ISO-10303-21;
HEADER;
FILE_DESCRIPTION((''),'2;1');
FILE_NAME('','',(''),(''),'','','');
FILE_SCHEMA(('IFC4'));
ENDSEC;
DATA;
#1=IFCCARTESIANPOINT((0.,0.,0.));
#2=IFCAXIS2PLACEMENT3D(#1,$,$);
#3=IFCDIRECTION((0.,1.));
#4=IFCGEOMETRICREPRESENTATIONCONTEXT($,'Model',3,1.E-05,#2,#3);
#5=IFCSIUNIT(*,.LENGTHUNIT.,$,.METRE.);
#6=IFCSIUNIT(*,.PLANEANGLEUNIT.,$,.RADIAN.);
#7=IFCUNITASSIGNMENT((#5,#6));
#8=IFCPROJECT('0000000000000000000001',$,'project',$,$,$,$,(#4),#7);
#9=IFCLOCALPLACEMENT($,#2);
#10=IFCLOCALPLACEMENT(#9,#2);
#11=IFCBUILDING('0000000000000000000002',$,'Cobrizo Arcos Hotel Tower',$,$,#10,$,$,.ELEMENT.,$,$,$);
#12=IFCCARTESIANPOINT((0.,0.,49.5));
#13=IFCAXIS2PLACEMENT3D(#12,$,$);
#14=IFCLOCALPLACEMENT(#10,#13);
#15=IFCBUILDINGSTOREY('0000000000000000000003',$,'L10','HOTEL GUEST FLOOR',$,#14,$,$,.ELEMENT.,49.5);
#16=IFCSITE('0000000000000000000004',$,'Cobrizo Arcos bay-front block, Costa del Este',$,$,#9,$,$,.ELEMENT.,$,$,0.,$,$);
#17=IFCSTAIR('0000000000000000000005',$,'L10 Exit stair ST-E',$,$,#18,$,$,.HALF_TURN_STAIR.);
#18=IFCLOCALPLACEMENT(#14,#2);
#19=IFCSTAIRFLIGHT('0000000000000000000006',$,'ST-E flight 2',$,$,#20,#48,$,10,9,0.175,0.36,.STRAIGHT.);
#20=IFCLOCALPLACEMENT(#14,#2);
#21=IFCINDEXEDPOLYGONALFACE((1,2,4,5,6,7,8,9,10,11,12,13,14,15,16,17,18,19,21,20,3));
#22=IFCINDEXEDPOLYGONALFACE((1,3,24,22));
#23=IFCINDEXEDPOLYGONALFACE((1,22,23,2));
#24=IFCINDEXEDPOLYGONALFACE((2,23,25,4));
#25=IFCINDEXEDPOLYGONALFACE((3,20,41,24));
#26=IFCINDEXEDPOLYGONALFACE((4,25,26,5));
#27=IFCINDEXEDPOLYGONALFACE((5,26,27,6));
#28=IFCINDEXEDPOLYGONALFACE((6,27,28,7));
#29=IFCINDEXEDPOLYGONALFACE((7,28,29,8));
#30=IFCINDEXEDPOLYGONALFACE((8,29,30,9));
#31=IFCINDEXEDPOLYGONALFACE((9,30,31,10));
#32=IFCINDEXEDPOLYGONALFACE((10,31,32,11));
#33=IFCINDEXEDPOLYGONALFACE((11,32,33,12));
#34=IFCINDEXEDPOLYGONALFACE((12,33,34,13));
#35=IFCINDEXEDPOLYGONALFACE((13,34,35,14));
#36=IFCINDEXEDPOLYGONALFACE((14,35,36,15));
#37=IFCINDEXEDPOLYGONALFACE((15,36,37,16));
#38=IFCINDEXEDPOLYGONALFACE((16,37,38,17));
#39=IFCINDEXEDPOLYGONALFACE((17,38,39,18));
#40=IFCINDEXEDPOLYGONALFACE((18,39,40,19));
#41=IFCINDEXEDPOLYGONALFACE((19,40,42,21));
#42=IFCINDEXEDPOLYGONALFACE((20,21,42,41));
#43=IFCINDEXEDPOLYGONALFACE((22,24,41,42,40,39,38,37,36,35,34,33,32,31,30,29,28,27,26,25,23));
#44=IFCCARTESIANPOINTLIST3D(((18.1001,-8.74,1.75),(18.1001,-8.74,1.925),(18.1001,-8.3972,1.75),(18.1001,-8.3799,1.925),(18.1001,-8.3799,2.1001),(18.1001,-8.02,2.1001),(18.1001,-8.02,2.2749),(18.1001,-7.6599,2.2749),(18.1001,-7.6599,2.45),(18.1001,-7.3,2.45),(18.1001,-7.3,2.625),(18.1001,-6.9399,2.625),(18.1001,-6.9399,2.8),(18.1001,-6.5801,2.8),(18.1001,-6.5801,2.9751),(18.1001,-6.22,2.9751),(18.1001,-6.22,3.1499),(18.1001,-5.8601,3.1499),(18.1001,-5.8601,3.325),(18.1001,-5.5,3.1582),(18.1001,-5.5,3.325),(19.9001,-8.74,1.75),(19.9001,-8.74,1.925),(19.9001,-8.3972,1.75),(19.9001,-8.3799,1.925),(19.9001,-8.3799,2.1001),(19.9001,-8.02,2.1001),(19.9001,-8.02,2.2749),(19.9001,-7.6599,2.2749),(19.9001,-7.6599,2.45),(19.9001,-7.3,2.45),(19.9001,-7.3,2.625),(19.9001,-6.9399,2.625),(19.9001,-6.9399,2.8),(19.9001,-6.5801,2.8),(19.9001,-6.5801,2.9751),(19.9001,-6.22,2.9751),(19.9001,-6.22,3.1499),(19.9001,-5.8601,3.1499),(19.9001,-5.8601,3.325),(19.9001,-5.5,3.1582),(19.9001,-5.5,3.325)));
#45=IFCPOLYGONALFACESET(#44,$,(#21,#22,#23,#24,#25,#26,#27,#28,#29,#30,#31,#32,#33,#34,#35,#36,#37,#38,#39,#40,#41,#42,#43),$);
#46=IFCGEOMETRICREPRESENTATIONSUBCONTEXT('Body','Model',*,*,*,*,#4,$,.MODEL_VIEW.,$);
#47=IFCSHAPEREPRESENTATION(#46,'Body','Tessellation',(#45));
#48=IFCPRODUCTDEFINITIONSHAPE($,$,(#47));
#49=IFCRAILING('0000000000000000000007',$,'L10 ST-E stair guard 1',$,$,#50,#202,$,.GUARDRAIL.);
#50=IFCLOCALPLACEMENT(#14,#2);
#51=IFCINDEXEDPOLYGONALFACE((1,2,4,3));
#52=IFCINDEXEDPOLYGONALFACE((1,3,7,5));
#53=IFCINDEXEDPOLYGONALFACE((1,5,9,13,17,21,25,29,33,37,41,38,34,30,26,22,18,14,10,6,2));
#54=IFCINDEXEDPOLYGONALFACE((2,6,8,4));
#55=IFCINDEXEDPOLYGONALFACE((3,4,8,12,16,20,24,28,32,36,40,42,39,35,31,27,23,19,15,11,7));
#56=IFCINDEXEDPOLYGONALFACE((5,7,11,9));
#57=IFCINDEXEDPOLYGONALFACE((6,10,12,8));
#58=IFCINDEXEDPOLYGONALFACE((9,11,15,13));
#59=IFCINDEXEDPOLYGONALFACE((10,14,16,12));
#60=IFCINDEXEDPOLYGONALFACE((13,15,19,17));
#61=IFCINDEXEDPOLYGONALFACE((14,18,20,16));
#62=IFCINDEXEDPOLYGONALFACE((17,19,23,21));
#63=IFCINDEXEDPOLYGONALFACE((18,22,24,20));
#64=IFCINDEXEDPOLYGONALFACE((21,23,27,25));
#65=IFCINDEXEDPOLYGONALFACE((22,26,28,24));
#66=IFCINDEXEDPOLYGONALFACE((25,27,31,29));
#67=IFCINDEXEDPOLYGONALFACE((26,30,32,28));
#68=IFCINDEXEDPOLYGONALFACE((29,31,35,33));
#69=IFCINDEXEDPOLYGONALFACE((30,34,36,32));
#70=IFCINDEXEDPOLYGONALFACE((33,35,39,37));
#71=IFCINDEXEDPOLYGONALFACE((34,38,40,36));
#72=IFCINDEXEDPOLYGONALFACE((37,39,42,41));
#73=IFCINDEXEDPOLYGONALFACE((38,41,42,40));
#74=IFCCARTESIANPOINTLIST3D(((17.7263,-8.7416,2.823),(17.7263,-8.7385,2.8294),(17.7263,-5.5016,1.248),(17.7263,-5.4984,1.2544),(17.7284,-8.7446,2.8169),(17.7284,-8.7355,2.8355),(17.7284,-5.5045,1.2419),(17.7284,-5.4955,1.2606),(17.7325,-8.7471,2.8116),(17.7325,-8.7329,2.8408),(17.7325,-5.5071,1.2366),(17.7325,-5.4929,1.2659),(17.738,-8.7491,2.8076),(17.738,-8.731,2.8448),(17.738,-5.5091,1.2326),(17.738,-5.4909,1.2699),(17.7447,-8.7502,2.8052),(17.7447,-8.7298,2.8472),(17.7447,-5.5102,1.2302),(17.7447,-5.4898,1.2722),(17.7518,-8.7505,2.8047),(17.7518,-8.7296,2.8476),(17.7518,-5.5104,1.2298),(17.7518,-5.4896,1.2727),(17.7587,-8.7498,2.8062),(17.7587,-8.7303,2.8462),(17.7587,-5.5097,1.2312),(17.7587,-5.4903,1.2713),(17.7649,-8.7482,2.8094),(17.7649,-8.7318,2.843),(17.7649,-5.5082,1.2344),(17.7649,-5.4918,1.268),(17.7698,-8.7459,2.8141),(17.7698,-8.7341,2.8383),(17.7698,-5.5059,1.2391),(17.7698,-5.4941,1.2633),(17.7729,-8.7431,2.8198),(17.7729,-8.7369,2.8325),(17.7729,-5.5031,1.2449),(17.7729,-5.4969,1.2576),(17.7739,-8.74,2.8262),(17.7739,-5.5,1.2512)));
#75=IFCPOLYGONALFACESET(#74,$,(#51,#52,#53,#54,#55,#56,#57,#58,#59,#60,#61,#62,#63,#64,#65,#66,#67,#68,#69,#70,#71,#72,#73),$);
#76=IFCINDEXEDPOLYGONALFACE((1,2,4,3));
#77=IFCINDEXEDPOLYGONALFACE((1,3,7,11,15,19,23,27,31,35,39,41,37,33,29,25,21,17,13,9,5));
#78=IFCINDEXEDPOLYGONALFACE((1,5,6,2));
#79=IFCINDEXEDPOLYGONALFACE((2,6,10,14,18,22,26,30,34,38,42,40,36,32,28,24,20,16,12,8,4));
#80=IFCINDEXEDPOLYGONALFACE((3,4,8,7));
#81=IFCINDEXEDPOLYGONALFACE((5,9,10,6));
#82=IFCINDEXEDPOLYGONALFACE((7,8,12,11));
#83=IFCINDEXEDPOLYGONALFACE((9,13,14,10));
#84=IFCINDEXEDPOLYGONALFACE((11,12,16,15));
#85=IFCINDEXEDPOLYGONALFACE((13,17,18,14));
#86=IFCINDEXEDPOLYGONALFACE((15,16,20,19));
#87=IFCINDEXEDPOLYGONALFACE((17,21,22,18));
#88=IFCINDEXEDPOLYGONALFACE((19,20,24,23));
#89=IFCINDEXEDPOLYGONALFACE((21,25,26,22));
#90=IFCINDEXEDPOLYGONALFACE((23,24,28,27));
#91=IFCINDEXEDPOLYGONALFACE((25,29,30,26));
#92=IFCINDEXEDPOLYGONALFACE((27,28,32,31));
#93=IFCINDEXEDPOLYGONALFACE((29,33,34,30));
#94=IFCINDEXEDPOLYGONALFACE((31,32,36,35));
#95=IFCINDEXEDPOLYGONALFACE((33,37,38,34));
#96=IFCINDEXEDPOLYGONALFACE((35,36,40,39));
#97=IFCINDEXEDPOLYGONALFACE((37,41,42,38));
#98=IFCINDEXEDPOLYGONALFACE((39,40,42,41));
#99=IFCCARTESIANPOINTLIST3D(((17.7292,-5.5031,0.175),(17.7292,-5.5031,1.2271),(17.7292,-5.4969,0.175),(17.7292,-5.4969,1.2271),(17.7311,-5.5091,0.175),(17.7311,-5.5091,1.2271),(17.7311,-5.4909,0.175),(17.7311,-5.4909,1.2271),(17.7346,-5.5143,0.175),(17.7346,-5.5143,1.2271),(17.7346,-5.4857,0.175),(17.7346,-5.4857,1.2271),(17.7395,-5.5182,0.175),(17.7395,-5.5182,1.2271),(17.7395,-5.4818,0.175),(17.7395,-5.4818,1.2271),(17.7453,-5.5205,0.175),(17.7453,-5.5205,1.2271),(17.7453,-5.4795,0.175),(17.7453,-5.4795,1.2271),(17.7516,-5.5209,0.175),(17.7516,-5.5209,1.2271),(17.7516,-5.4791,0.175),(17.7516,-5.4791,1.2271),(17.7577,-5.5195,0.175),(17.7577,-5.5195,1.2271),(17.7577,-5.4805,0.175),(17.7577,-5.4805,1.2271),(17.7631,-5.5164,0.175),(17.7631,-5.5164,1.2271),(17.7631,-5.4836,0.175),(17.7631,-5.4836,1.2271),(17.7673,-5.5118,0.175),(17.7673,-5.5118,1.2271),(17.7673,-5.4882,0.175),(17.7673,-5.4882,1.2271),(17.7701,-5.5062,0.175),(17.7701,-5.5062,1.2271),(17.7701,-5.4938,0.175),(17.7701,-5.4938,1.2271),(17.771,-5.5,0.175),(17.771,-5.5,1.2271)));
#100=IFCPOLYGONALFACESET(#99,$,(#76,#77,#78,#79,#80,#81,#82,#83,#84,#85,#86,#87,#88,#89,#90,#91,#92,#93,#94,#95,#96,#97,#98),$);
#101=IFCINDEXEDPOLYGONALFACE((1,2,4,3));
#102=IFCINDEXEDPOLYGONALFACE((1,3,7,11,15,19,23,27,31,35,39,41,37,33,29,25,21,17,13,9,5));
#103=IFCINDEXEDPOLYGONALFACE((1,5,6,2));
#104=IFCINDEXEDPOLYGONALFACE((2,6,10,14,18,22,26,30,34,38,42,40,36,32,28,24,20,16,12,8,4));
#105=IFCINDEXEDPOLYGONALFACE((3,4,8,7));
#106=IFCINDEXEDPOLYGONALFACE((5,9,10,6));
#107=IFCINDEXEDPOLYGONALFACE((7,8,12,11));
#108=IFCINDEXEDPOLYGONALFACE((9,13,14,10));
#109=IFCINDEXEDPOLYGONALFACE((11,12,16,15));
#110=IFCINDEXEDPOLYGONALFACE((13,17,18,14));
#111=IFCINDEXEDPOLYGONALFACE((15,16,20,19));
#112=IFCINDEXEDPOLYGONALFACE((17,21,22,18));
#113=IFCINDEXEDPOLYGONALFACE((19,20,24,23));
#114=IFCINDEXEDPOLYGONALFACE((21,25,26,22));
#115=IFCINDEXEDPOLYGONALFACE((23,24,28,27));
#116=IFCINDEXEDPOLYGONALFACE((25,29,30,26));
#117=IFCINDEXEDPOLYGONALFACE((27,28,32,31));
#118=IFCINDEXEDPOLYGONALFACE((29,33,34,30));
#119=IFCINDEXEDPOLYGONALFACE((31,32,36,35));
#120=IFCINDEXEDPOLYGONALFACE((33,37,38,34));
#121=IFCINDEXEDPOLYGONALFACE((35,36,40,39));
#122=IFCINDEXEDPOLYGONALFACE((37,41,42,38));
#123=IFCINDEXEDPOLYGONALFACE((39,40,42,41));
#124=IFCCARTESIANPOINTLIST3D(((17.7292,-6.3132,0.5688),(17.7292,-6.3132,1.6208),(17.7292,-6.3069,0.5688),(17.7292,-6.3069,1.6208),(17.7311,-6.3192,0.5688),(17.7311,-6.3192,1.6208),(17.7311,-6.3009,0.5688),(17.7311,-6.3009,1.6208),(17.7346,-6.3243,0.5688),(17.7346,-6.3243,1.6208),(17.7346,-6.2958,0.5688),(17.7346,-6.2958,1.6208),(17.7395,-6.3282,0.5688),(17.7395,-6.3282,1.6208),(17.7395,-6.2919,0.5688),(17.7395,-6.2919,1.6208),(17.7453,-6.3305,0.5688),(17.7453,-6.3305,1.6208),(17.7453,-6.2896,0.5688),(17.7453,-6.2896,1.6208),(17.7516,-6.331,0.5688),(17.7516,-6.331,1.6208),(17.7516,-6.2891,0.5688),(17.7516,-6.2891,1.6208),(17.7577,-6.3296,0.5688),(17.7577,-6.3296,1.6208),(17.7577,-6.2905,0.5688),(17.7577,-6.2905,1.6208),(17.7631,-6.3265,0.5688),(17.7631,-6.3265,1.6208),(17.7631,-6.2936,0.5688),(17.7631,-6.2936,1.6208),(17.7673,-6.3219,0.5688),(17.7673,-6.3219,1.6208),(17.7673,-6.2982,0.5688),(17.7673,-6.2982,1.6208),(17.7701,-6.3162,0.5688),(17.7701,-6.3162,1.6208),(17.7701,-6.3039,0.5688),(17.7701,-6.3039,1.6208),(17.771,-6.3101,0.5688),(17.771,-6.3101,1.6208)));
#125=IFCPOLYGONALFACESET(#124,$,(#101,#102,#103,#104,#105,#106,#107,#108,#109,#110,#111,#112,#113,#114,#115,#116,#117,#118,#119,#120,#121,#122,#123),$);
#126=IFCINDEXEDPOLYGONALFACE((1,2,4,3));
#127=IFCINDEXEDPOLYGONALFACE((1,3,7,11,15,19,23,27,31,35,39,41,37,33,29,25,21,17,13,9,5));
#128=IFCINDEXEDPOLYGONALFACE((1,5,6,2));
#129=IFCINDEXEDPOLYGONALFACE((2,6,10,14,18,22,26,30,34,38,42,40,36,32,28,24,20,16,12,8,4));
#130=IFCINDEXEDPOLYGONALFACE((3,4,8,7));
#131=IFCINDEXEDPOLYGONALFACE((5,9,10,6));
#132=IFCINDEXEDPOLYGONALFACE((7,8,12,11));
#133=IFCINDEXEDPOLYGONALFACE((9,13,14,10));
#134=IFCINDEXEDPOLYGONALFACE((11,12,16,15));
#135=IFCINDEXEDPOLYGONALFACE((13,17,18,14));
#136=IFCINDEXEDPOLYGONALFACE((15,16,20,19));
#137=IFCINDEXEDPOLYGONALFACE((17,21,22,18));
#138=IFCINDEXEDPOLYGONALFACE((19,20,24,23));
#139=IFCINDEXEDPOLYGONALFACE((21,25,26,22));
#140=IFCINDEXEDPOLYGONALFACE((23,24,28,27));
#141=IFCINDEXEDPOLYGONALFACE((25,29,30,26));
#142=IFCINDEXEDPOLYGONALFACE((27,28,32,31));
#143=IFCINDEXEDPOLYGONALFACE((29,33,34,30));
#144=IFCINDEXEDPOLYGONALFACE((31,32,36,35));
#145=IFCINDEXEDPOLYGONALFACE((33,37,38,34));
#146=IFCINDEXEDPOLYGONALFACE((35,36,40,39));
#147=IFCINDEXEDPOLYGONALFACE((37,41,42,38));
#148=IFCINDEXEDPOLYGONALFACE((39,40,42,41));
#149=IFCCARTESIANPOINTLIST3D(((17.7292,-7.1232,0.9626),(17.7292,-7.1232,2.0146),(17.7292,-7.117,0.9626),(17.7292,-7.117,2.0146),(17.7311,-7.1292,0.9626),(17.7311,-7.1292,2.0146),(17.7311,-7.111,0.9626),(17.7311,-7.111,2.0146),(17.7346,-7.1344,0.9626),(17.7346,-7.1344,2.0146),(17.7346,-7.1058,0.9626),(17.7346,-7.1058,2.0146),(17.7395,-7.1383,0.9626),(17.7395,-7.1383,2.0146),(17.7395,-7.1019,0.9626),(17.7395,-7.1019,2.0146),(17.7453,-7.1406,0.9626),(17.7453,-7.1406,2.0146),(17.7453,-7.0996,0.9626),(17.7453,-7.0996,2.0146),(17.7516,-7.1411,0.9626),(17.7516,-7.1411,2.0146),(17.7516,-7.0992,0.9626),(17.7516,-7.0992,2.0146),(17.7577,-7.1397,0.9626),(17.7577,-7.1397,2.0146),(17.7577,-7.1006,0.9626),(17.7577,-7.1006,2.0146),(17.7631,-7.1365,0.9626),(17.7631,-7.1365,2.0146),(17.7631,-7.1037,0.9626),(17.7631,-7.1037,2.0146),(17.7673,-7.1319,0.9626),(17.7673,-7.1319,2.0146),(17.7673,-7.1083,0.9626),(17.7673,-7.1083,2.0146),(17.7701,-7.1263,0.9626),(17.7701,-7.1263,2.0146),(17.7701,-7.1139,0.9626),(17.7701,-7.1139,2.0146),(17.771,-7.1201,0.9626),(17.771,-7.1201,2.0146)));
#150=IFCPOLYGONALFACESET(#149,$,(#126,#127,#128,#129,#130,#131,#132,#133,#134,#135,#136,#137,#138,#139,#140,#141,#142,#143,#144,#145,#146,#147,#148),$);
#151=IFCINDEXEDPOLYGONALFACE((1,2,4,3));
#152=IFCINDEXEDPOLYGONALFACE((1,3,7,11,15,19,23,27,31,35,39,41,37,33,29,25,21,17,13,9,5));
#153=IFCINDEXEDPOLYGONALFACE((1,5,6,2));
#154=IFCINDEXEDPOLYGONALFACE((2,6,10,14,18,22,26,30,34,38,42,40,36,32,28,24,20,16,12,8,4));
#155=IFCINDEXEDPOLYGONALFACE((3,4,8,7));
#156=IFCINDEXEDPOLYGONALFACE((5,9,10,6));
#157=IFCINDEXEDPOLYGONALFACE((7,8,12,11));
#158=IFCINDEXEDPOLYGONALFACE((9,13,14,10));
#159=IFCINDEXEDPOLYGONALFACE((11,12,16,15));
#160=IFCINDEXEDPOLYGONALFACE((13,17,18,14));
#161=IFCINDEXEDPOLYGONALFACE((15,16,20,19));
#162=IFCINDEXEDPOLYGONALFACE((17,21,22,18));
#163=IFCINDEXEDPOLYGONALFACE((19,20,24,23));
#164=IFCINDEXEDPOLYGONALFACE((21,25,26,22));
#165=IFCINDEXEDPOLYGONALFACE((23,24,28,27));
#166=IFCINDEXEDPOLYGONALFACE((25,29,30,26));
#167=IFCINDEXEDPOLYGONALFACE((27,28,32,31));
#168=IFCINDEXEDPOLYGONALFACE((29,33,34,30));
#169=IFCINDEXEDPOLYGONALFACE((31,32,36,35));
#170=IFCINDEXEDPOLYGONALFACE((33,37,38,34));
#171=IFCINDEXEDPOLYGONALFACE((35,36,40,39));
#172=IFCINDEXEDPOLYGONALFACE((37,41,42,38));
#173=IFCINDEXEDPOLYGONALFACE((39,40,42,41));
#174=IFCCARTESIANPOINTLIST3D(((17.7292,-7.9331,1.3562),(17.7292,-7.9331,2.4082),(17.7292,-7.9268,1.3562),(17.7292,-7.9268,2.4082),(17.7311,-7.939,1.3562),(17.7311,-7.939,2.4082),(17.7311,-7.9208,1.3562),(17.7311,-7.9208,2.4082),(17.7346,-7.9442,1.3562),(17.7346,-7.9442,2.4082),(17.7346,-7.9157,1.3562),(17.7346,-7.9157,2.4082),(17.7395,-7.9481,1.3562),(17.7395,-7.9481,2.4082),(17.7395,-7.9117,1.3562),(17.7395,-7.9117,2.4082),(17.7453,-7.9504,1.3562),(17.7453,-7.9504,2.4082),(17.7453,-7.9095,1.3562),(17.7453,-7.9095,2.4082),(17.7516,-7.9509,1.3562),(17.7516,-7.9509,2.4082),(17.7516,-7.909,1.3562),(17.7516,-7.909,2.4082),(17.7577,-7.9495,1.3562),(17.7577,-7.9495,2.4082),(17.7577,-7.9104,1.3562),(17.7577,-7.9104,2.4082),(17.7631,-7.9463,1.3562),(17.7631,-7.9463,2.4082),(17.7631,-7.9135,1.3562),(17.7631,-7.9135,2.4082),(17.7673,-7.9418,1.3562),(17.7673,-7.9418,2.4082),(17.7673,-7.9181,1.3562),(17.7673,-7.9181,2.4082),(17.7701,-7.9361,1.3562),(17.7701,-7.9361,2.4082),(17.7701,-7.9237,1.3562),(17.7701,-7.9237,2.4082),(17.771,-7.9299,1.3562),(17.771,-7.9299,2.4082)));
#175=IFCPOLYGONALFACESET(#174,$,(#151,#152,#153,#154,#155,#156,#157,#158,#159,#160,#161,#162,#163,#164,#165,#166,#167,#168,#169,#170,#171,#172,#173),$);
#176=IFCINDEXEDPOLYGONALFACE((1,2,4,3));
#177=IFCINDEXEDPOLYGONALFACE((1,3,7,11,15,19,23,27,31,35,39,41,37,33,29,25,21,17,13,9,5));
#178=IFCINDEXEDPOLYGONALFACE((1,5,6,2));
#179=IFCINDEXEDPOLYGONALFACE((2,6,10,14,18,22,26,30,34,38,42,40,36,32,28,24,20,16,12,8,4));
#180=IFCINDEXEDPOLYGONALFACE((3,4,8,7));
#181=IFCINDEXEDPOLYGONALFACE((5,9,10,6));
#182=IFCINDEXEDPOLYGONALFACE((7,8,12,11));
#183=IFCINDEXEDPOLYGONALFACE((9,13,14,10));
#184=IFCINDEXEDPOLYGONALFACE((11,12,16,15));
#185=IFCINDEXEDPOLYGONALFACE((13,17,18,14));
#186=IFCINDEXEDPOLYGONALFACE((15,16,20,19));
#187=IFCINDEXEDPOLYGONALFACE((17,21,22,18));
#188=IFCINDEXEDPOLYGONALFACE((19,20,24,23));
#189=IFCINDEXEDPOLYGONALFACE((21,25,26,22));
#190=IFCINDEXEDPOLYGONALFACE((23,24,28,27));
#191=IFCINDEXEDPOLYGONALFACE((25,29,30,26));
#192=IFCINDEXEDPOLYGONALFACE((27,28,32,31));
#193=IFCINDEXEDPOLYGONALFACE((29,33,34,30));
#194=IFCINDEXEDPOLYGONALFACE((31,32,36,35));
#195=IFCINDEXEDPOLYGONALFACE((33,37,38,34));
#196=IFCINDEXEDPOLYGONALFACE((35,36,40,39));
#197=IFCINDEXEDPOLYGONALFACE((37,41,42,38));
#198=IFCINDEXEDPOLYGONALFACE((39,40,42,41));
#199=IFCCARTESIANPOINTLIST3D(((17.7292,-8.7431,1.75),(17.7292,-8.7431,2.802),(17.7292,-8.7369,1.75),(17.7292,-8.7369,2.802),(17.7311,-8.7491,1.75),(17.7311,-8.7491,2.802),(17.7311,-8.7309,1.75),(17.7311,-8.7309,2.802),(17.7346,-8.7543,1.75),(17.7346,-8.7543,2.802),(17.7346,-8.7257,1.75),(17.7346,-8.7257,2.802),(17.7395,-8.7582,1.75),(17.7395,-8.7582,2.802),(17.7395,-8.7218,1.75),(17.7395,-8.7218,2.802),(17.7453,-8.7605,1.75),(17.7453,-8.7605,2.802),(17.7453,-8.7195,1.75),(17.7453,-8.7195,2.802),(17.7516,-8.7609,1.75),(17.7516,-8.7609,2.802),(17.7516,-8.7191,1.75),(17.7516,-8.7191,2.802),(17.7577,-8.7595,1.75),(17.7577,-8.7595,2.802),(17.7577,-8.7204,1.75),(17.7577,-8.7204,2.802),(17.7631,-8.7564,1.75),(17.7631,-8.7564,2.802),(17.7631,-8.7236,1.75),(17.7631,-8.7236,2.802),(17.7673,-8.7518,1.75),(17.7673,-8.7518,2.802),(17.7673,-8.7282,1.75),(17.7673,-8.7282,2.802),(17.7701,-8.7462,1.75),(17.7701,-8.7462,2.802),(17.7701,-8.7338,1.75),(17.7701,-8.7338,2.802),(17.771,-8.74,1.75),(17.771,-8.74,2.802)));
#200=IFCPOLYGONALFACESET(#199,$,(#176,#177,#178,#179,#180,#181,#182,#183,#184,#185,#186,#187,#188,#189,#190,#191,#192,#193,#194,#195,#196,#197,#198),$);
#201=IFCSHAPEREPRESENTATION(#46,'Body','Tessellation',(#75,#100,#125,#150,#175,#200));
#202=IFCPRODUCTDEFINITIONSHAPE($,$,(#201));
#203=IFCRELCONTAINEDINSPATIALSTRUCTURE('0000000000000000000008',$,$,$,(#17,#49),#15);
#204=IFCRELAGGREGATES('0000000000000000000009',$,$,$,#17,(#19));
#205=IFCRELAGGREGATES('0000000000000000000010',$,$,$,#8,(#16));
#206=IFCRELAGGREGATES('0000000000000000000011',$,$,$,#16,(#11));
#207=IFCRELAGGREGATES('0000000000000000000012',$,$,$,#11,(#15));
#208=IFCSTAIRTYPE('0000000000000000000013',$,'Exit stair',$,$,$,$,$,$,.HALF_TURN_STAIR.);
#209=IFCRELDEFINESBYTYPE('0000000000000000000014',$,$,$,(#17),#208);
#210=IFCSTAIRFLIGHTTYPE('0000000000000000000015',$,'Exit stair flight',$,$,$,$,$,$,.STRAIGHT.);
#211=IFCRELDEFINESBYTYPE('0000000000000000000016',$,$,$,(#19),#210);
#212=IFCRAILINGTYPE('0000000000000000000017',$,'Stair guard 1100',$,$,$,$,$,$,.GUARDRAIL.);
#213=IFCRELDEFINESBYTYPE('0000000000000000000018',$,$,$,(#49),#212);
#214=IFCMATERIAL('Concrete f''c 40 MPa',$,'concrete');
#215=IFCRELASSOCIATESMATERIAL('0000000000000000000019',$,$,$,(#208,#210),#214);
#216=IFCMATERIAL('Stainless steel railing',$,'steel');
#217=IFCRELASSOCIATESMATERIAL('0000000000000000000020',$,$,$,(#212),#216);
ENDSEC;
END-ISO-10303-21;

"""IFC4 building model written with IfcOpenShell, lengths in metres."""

from ifc_helpers import new_model, si_unit, direction, frame, origin, origin_2d, place, context, subcontext, project, spatial, polyline, circle, outline, extrude, material, type_object, element, aggregate, save


model = new_model("IFC4")

# Units and contexts
model_context = context("Model", 3, precision=1e-05, world=origin(), true_north=direction((0.0, 1.0)))
body_context = subcontext(model_context, "Body", "Model", "MODEL_VIEW")
ifc_project = project(units=[si_unit("LENGTHUNIT", "METRE"), si_unit("PLANEANGLEUNIT", "RADIAN")], contexts=[model_context])

# Site, building, storey
site_placement = place(None, origin())
site = spatial("IfcSite", under=ifc_project, at=site_placement, Name="Cobrizo Arcos bay-front block, Costa del Este", CompositionType="ELEMENT", RefElevation=0.0)
building_placement = place(site_placement, origin())
building = spatial("IfcBuilding", under=site, at=building_placement, Name="Cobrizo Arcos Hotel Tower", CompositionType="ELEMENT")
storey_placement = place(building_placement, frame((0.0, 0.0, 49.5)))
storey = spatial("IfcBuildingStorey", under=building, at=storey_placement, Name="L10", Description="HOTEL GUEST FLOOR", CompositionType="ELEMENT", Elevation=49.5)

# Shared definitions
ifc_material_1 = material(Name="Concrete f'c 40 MPa", Category="concrete")

# Stair, stair flight
stair_type = type_object("IfcStairType", Name="Exit stair", PredefinedType="HALF_TURN_STAIR", material=ifc_material_1)
stair_placement = place(storey_placement, origin())
stair = element("IfcStair", 1, at=stair_placement, inside=storey, type_object=stair_type, Name="L10 Exit stair ST-E", PredefinedType="HALF_TURN_STAIR")
stair_flight_type = type_object("IfcStairFlightType", Name="Exit stair flight", PredefinedType="STRAIGHT", material=ifc_material_1)
stair_flight_1_placement = place(storey_placement, frame((19.0, -8.74, 1.75), z_axis=(0.0, 0.0, 1.0), x_axis=(0.0, 1.0, 0.0)))
stair_flight_1 = element("IfcStairFlight", 2, at=stair_flight_1_placement, type_object=stair_flight_type, Name="ST-E flight 2", NumberOfRisers=10, NumberOfTreads=9, PredefinedType="STRAIGHT", RiserHeight=0.175, TreadLength=0.36, context=body_context, shape_type="SweptSolid", body=[
    extrude(outline(polyline([(0.0, 0.0), (0.0, 0.175), (0.3601, 0.175), (0.3601, 0.3501), (0.72, 0.3501), (0.72, 0.5249), (1.0801, 0.5249), (1.0801, 0.7), (1.4399, 0.7), (1.4399, 0.875), (1.8, 0.875), (1.8, 1.05), (2.1599, 1.05), (2.1599, 1.2251), (2.52, 1.2251), (2.52, 1.3999), (2.8799, 1.3999), (2.8799, 1.575), (3.24, 1.575), (3.24, 1.75), (3.24, 1.4082), (0.3428, 0.0), (0.0, 0.0)])), frame((0.0, 0.8999, 0.0), z_axis=(0.0, -1.0, 0.0), x_axis=(1.0, 0.0, 0.0)), (0.0, 0.0, 1.0), 1.8),
])
aggregate(stair, [stair_flight_1])

# Railing
ifc_material_2 = material(Name="Stainless steel railing", Category="steel")
railing_type_1 = type_object("IfcRailingType", Name="Stair guard 1100", PredefinedType="GUARDRAIL", material=ifc_material_2)
railing_1_placement = place(storey_placement, frame((17.75, -5.5, 0.175)))
element("IfcRailing", 3, at=railing_1_placement, inside=storey, type_object=railing_type_1, Name="L10 ST-E stair guard 1", PredefinedType="GUARDRAIL", context=body_context, shape_type="SweptSolid", body=[
    extrude(circle(Radius=0.0239, at=origin_2d()), frame((0.0, 0.0, 1.0762), z_axis=(0.0, -0.899373, 0.437183), x_axis=(1.0, 0.0, 0.0)), (0.0, 0.0, 1.0), 3.6025),
    extrude(circle(Radius=0.021, at=origin_2d()), origin(), (0.0, 0.0, 1.0), 1.052),
    extrude(circle(Radius=0.021, at=origin_2d()), frame((0.0, -0.8101, 0.3938)), (0.0, 0.0, 1.0), 1.052),
    extrude(circle(Radius=0.021, at=origin_2d()), frame((0.0, -1.6201, 0.7876)), (0.0, 0.0, 1.0), 1.052),
    extrude(circle(Radius=0.021, at=origin_2d()), frame((0.0, -2.4299, 1.1812)), (0.0, 0.0, 1.0), 1.052),
    extrude(circle(Radius=0.021, at=origin_2d()), frame((0.0, -3.24, 1.575)), (0.0, 0.0, 1.0), 1.052),
])

save(model, "model.ifc")
